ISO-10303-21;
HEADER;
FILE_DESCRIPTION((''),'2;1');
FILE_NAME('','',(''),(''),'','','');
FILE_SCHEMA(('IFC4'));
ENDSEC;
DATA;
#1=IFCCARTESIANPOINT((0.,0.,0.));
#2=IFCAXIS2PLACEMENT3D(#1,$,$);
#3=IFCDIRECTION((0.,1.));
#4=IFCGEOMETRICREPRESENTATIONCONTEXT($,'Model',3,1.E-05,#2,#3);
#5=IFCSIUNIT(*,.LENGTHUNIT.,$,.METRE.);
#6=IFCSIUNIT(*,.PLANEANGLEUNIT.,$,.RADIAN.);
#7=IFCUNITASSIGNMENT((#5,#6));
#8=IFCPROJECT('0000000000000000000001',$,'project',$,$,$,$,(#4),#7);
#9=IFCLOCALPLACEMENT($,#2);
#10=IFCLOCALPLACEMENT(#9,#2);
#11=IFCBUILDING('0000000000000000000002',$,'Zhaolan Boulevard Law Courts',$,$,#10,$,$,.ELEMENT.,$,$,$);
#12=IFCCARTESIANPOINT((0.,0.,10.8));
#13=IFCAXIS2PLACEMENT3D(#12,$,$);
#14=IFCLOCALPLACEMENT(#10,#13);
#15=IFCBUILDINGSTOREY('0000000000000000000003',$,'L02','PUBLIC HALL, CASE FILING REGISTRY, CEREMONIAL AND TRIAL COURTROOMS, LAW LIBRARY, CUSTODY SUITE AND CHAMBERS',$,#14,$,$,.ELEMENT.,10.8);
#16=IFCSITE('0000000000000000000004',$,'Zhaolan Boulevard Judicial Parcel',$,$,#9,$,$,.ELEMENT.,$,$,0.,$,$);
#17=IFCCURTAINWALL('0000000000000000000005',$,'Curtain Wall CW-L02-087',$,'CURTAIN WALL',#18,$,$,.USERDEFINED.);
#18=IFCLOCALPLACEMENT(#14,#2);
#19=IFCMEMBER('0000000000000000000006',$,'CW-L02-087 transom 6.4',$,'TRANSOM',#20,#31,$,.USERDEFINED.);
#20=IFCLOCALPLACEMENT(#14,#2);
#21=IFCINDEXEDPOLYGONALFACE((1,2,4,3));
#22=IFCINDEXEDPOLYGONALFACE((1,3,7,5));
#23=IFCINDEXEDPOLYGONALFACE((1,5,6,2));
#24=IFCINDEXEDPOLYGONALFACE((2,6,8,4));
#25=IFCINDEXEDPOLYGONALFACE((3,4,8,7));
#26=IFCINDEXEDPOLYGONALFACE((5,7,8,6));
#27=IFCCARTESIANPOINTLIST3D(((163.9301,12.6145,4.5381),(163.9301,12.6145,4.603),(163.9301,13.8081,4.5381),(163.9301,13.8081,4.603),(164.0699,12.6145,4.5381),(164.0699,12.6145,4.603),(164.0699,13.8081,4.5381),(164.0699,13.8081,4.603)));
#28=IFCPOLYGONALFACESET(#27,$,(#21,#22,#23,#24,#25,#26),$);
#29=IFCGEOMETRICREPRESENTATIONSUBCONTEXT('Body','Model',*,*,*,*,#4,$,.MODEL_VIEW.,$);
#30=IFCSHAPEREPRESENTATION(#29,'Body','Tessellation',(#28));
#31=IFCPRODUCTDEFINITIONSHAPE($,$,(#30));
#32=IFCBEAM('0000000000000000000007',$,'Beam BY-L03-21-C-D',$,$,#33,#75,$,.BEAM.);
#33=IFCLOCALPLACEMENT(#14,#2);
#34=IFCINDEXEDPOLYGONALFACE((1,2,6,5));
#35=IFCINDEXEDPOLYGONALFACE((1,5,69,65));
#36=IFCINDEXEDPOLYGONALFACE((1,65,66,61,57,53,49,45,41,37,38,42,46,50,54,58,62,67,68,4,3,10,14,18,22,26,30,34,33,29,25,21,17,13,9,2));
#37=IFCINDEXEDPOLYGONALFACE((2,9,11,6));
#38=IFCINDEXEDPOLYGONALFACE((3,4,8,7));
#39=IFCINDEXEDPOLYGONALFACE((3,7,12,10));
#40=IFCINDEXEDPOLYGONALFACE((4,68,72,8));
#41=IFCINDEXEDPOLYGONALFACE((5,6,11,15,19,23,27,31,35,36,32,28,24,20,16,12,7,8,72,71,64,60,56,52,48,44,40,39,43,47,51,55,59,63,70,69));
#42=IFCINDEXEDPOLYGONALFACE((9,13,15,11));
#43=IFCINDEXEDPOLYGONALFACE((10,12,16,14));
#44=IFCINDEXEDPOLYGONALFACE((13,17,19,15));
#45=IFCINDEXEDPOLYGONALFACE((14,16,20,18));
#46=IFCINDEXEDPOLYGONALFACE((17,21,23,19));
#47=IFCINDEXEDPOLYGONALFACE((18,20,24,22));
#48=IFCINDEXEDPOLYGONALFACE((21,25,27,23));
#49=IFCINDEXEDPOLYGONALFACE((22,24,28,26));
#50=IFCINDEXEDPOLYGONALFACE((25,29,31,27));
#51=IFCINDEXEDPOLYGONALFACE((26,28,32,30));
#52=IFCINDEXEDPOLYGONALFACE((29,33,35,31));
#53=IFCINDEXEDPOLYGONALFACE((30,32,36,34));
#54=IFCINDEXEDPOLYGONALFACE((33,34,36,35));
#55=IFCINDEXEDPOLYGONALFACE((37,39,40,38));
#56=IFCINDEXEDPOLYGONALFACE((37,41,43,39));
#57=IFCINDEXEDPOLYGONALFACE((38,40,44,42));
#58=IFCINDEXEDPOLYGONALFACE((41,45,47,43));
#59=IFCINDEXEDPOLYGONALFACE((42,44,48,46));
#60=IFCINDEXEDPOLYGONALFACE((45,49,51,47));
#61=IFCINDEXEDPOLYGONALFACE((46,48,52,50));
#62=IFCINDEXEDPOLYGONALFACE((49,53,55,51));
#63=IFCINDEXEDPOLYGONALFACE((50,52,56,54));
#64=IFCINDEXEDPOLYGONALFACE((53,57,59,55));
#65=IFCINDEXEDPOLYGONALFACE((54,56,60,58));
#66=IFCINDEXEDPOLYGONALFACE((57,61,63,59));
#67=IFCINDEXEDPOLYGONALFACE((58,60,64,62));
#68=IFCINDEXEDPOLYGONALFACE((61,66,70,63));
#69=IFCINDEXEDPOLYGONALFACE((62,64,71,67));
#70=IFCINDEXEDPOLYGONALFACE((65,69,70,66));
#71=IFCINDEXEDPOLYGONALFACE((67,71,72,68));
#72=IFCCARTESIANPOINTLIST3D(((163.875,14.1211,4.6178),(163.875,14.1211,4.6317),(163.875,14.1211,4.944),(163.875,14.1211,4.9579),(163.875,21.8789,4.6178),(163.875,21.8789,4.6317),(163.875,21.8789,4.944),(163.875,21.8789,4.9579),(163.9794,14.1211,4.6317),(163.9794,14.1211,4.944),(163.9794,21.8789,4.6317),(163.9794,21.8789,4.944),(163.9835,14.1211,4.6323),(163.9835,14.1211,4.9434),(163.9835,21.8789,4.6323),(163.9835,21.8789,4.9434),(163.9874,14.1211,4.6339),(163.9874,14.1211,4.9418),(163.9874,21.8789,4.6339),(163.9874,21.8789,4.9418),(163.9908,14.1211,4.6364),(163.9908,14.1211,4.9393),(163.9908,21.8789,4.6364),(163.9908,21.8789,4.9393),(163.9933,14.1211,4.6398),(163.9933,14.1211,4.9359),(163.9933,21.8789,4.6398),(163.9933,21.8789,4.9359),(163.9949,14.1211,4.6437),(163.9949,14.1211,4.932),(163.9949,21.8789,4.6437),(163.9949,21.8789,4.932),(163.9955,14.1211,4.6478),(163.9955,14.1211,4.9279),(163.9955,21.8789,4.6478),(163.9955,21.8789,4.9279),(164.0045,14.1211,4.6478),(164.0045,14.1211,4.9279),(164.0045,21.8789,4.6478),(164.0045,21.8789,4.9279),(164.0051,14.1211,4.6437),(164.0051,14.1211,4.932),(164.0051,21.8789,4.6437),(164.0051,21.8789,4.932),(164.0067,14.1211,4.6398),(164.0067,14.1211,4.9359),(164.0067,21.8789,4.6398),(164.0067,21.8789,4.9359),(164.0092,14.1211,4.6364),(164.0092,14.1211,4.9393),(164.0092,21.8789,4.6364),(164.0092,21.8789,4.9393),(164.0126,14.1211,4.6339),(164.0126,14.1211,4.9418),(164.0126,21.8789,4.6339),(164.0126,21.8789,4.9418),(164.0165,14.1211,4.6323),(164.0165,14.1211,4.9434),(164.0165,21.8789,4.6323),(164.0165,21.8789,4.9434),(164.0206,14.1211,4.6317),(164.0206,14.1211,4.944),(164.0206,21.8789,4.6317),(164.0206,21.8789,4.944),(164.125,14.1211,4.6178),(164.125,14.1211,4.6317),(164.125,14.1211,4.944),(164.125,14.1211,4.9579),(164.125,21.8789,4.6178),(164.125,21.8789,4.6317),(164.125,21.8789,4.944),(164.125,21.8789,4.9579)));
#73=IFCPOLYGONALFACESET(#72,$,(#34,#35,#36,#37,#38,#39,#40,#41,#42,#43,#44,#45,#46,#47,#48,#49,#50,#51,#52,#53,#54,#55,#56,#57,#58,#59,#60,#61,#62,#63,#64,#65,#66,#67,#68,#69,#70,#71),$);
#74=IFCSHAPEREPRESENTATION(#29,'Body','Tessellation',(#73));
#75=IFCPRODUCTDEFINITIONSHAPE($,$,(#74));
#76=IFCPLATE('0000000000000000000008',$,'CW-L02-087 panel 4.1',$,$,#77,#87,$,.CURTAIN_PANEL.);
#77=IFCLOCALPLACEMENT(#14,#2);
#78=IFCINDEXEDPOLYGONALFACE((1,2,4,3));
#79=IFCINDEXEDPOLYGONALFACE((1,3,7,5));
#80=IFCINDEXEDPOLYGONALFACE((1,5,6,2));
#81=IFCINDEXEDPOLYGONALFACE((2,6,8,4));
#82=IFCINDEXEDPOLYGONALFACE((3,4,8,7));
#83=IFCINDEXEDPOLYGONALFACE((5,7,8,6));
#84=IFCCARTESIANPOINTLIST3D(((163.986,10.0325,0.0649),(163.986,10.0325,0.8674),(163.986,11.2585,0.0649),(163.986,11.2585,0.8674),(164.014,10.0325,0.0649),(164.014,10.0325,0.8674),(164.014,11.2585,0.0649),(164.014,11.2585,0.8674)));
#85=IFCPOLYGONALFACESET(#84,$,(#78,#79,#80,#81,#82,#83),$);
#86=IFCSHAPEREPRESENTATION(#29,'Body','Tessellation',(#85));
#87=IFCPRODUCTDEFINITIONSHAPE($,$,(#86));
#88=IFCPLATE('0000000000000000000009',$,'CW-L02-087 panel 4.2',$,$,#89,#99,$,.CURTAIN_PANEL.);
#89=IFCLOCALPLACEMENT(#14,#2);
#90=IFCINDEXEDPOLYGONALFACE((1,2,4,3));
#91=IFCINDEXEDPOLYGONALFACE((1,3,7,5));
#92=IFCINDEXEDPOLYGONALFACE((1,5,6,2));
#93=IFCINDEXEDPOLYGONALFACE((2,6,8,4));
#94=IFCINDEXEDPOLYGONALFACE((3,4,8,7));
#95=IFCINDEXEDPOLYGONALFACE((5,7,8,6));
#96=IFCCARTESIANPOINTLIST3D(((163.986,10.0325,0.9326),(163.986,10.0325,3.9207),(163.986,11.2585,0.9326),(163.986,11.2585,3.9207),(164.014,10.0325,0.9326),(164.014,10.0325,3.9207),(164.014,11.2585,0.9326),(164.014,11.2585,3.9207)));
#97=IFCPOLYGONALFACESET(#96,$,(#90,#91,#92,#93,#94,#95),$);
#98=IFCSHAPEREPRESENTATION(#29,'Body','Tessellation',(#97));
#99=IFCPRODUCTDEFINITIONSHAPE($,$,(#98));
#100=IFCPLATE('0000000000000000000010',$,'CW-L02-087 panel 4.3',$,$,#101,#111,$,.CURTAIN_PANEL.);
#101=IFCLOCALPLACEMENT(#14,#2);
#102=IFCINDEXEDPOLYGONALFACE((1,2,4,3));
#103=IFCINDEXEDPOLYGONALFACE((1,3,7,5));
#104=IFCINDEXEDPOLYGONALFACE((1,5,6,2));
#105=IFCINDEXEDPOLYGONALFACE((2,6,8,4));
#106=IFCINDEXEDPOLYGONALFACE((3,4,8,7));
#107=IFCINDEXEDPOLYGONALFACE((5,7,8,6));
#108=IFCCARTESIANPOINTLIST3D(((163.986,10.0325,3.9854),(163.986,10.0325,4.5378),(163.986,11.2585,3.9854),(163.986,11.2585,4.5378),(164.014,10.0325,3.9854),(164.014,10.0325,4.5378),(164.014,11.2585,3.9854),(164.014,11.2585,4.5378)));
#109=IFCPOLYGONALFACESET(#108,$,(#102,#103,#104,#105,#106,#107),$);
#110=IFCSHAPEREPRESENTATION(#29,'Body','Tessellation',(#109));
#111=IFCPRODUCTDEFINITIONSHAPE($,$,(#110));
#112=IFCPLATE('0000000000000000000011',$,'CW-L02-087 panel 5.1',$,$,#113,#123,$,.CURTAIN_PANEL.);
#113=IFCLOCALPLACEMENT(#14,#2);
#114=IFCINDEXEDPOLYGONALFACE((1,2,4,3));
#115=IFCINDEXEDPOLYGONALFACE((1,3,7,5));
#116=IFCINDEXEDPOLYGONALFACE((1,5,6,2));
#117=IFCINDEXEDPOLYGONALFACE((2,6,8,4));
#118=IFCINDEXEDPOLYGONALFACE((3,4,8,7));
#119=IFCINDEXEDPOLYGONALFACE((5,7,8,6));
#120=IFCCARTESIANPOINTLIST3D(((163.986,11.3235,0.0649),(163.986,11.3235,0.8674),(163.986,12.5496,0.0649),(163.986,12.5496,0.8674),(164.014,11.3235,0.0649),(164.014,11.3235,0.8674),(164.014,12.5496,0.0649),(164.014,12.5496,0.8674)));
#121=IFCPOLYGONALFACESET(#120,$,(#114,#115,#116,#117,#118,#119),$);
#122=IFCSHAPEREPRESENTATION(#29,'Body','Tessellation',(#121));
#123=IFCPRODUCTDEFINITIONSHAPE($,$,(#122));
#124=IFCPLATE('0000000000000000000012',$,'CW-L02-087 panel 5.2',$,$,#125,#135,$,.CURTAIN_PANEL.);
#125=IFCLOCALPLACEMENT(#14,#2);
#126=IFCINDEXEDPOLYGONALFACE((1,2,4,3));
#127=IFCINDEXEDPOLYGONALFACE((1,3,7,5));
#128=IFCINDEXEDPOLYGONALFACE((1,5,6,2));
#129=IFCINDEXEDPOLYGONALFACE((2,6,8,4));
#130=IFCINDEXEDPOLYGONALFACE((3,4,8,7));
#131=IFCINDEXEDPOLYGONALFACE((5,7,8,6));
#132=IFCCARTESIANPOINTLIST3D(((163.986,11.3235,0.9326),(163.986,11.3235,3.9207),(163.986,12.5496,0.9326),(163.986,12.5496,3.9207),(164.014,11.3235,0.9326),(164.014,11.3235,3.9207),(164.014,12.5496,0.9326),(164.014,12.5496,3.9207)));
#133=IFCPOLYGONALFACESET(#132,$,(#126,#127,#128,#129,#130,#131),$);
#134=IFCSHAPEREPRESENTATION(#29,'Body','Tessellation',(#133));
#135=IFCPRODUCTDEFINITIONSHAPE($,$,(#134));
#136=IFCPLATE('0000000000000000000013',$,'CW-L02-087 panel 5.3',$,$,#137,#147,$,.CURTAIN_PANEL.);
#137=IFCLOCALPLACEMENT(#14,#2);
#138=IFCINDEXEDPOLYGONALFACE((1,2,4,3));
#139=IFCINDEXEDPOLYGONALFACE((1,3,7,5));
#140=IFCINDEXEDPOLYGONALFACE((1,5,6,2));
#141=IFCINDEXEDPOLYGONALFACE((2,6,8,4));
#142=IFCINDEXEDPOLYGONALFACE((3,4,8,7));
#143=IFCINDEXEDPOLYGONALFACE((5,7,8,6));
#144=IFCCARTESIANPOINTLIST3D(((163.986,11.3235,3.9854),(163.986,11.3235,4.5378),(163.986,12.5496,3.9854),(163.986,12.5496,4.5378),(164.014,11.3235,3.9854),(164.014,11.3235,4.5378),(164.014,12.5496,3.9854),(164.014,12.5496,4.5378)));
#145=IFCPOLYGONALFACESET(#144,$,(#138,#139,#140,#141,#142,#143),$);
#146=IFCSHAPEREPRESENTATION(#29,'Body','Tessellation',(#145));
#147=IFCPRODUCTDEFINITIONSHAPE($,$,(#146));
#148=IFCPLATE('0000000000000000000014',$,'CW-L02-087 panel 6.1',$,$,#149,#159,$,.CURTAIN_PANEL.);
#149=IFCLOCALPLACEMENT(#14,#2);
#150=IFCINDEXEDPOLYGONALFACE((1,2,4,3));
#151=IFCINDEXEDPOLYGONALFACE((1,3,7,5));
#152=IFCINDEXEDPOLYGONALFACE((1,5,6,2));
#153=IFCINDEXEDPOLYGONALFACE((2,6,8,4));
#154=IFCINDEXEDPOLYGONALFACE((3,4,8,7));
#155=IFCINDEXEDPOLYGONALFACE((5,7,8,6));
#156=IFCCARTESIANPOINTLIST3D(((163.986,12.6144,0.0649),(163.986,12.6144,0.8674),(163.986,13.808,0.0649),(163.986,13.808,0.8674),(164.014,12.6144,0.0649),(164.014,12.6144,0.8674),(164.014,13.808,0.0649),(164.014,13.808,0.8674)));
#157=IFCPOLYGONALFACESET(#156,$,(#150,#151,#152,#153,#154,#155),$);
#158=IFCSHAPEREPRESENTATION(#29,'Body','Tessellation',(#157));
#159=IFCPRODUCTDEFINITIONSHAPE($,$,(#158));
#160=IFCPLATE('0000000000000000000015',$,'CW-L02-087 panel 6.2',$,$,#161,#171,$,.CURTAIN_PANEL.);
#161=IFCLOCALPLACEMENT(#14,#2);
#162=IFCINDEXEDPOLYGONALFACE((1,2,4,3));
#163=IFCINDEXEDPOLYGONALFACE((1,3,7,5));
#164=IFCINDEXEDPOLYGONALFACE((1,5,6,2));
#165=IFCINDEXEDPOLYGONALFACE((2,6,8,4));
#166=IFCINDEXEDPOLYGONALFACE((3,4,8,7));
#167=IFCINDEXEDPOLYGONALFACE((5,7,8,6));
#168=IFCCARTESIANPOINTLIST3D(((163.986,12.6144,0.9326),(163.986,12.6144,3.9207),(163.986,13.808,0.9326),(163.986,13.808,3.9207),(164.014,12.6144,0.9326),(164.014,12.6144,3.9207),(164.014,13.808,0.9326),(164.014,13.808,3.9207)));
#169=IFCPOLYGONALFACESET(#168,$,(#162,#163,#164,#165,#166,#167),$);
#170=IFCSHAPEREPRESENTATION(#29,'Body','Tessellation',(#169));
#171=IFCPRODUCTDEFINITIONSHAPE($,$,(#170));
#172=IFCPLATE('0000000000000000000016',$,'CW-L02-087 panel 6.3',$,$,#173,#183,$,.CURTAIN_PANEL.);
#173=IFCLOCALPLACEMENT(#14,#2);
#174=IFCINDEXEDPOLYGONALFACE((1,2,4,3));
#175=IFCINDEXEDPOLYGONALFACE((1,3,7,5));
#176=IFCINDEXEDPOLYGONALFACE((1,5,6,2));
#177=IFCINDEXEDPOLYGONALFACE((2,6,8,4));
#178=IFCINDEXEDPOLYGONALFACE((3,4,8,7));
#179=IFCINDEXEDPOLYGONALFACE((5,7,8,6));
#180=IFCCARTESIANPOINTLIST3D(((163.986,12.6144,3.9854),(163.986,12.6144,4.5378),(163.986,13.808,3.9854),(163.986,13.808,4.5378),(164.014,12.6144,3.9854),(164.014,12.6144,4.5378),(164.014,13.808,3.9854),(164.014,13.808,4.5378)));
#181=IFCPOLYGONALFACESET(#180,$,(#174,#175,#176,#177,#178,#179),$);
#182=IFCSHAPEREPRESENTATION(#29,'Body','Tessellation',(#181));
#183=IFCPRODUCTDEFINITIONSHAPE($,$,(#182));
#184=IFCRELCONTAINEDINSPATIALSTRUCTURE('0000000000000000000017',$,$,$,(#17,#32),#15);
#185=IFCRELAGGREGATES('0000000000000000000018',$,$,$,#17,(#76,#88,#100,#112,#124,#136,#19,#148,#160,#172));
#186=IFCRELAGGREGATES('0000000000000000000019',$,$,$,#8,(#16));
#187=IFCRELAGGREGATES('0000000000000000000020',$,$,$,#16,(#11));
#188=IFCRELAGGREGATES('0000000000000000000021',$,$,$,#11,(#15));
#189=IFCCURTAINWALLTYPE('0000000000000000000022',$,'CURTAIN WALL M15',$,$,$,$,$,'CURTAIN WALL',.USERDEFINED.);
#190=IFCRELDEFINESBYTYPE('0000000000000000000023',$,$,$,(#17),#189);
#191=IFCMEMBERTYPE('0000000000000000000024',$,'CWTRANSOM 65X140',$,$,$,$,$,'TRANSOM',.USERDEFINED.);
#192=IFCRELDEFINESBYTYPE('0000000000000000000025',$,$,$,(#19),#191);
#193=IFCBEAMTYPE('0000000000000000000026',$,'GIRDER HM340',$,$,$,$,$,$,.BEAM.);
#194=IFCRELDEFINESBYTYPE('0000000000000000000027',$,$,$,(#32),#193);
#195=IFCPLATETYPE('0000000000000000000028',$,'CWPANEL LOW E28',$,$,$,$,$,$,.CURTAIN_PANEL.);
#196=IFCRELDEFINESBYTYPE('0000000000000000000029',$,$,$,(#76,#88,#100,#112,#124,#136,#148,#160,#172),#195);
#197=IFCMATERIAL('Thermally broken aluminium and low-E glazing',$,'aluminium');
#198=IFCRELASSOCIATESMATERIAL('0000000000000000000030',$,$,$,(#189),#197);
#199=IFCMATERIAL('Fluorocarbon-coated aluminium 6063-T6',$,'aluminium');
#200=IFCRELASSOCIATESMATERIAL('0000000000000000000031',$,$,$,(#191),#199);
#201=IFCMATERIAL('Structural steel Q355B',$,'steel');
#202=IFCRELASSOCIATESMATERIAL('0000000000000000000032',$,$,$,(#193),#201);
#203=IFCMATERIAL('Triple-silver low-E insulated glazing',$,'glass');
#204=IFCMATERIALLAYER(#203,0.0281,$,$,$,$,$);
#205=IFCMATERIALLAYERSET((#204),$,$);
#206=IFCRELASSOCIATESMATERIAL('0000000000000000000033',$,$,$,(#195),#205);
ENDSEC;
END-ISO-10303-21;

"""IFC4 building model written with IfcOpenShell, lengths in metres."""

from ifc_helpers import new_model, si_unit, direction, frame, origin, origin_2d, place, context, subcontext, project, spatial, rectangle, i_section, extrude, material, layer, layer_set, material_profile, profile_set, type_object, element, aggregate, save


model = new_model("IFC4")

# Units and contexts
model_context = context("Model", 3, precision=1e-05, world=origin(), true_north=direction((0.0, 1.0)))
body_context = subcontext(model_context, "Body", "Model", "MODEL_VIEW")
ifc_project = project(units=[si_unit("LENGTHUNIT", "METRE"), si_unit("PLANEANGLEUNIT", "RADIAN")], contexts=[model_context])

# Site, building, storey
site_placement = place(None, origin())
site = spatial("IfcSite", under=ifc_project, at=site_placement, Name="Zhaolan Boulevard Judicial Parcel", CompositionType="ELEMENT", RefElevation=0.0)
building_placement = place(site_placement, origin())
building = spatial("IfcBuilding", under=site, at=building_placement, Name="Zhaolan Boulevard Law Courts", CompositionType="ELEMENT")
storey_placement = place(building_placement, frame((0.0, 0.0, 10.8)))
storey = spatial("IfcBuildingStorey", under=building, at=storey_placement, Name="L02", Description="PUBLIC HALL, CASE FILING REGISTRY, CEREMONIAL AND TRIAL COURTROOMS, LAW LIBRARY, CUSTODY SUITE AND CHAMBERS", CompositionType="ELEMENT", Elevation=10.8)

# Curtain wall, member
ifc_material_1 = material(Name="Thermally broken aluminium and low-E glazing", Category="aluminium")
curtain_wall_type = type_object("IfcCurtainWallType", Name="CURTAIN WALL M15", ElementType="CURTAIN WALL", PredefinedType="USERDEFINED", material=ifc_material_1)
curtain_wall_placement = place(storey_placement, origin())
curtain_wall = element("IfcCurtainWall", 1, at=curtain_wall_placement, inside=storey, type_object=curtain_wall_type, Name="Curtain Wall CW-L02-087", ObjectType="CURTAIN WALL", PredefinedType="USERDEFINED")
ifc_material_2 = material(Name="Fluorocarbon-coated aluminium 6063-T6", Category="aluminium")
ifc_material_profile_1 = material_profile(ifc_material_2, rectangle(XDim=0.1399, YDim=0.0649, at=origin_2d()), Name="AL65x140")
ifc_profile_set_1 = profile_set([ifc_material_profile_1], Name="Fluorocarbon-coated aluminium 6063-T6")
member_type_1 = type_object("IfcMemberType", Name="CWTRANSOM 65X140", ElementType="TRANSOM", PredefinedType="USERDEFINED", material=ifc_profile_set_1)
member_1_placement = place(storey_placement, frame((164.0, 12.6145, 4.5706), z_axis=(0.0, 1.0, 0.0), x_axis=(-1.0, 0.0, 0.0)))
member_1 = element("IfcMember", 2, at=member_1_placement, type_object=member_type_1, Name="CW-L02-087 transom 6.4", ObjectType="TRANSOM", PredefinedType="USERDEFINED", context=body_context, shape_type="SweptSolid", body=[
    extrude(rectangle(XDim=0.1399, YDim=0.0649, at=origin_2d()), origin(), (0.0, 0.0, 1.0), 1.1936),
])

# Beam
ifc_material_3 = material(Name="Structural steel Q355B", Category="steel")
ifc_material_profile_2 = material_profile(ifc_material_3, i_section(OverallWidth=0.25, OverallDepth=0.3401, WebThickness=0.009, FlangeThickness=0.0139, FilletRadius=0.0161, at=origin_2d()), Name="HM340x250")
ifc_profile_set_2 = profile_set([ifc_material_profile_2], Name="Structural steel Q355B")
beam_type = type_object("IfcBeamType", Name="GIRDER HM340", PredefinedType="BEAM", material=ifc_profile_set_2)
beam_placement = place(storey_placement, frame((164.0, 14.1211, 4.7878), z_axis=(0.0, 1.0, 0.0), x_axis=(-1.0, 0.0, 0.0)))
element("IfcBeam", 3, at=beam_placement, inside=storey, type_object=beam_type, Name="Beam BY-L03-21-C-D", PredefinedType="BEAM", context=body_context, shape_type="SweptSolid", body=[
    extrude(i_section(OverallWidth=0.25, OverallDepth=0.3401, WebThickness=0.009, FlangeThickness=0.0139, FilletRadius=0.0161, at=origin_2d()), origin(), (0.0, 0.0, 1.0), 7.7578),
])

# Plates
ifc_material_4 = material(Name="Triple-silver low-E insulated glazing", Category="glass")
ifc_layer = layer(ifc_material_4, 0.0281)
ifc_layer_set = layer_set([ifc_layer])
plate_type = type_object("IfcPlateType", Name="CWPANEL LOW E28", PredefinedType="CURTAIN_PANEL", material=ifc_layer_set)
plate_1_placement = place(storey_placement, frame((164.0, 10.6455, 0.0649), z_axis=(0.0, 0.0, 1.0), x_axis=(0.0, 1.0, 0.0)))
plate_1 = element("IfcPlate", 4, at=plate_1_placement, type_object=plate_type, Name="CW-L02-087 panel 4.1", PredefinedType="CURTAIN_PANEL", context=body_context, shape_type="SweptSolid", body=[
    extrude(rectangle(XDim=1.2261, YDim=0.0281, at=origin_2d()), origin(), (0.0, 0.0, 1.0), 0.8025),
])
plate_2_placement = place(storey_placement, frame((164.0, 10.6455, 0.9326), z_axis=(0.0, 0.0, 1.0), x_axis=(0.0, 1.0, 0.0)))
plate_2 = element("IfcPlate", 5, at=plate_2_placement, type_object=plate_type, Name="CW-L02-087 panel 4.2", PredefinedType="CURTAIN_PANEL", context=body_context, shape_type="SweptSolid", body=[
    extrude(rectangle(XDim=1.2261, YDim=0.0281, at=origin_2d()), origin(), (0.0, 0.0, 1.0), 2.988),
])
plate_3_placement = place(storey_placement, frame((164.0, 10.6455, 3.9854), z_axis=(0.0, 0.0, 1.0), x_axis=(0.0, 1.0, 0.0)))
plate_3 = element("IfcPlate", 6, at=plate_3_placement, type_object=plate_type, Name="CW-L02-087 panel 4.3", PredefinedType="CURTAIN_PANEL", context=body_context, shape_type="SweptSolid", body=[
    extrude(rectangle(XDim=1.2261, YDim=0.0281, at=origin_2d()), origin(), (0.0, 0.0, 1.0), 0.5525),
])
plate_4_placement = place(storey_placement, frame((164.0, 11.9365, 0.0649), z_axis=(0.0, 0.0, 1.0), x_axis=(0.0, 1.0, 0.0)))
plate_4 = element("IfcPlate", 7, at=plate_4_placement, type_object=plate_type, Name="CW-L02-087 panel 5.1", PredefinedType="CURTAIN_PANEL", context=body_context, shape_type="SweptSolid", body=[
    extrude(rectangle(XDim=1.2261, YDim=0.0281, at=origin_2d()), origin(), (0.0, 0.0, 1.0), 0.8025),
])
plate_5_placement = place(storey_placement, frame((164.0, 11.9365, 0.9326), z_axis=(0.0, 0.0, 1.0), x_axis=(0.0, 1.0, 0.0)))
plate_5 = element("IfcPlate", 8, at=plate_5_placement, type_object=plate_type, Name="CW-L02-087 panel 5.2", PredefinedType="CURTAIN_PANEL", context=body_context, shape_type="SweptSolid", body=[
    extrude(rectangle(XDim=1.2261, YDim=0.0281, at=origin_2d()), origin(), (0.0, 0.0, 1.0), 2.988),
])
plate_6_placement = place(storey_placement, frame((164.0, 11.9365, 3.9854), z_axis=(0.0, 0.0, 1.0), x_axis=(0.0, 1.0, 0.0)))
plate_6 = element("IfcPlate", 9, at=plate_6_placement, type_object=plate_type, Name="CW-L02-087 panel 5.3", PredefinedType="CURTAIN_PANEL", context=body_context, shape_type="SweptSolid", body=[
    extrude(rectangle(XDim=1.2261, YDim=0.0281, at=origin_2d()), origin(), (0.0, 0.0, 1.0), 0.5525),
])
plate_7_placement = place(storey_placement, frame((164.0, 13.2112, 0.0649), z_axis=(0.0, 0.0, 1.0), x_axis=(0.0, 1.0, 0.0)))
plate_7 = element("IfcPlate", 10, at=plate_7_placement, type_object=plate_type, Name="CW-L02-087 panel 6.1", PredefinedType="CURTAIN_PANEL", context=body_context, shape_type="SweptSolid", body=[
    extrude(rectangle(XDim=1.1936, YDim=0.0281, at=origin_2d()), origin(), (0.0, 0.0, 1.0), 0.8025),
])
plate_8_placement = place(storey_placement, frame((164.0, 13.2112, 0.9326), z_axis=(0.0, 0.0, 1.0), x_axis=(0.0, 1.0, 0.0)))
plate_8 = element("IfcPlate", 11, at=plate_8_placement, type_object=plate_type, Name="CW-L02-087 panel 6.2", PredefinedType="CURTAIN_PANEL", context=body_context, shape_type="SweptSolid", body=[
    extrude(rectangle(XDim=1.1936, YDim=0.0281, at=origin_2d()), origin(), (0.0, 0.0, 1.0), 2.988),
])
plate_9_placement = place(storey_placement, frame((164.0, 13.2112, 3.9854), z_axis=(0.0, 0.0, 1.0), x_axis=(0.0, 1.0, 0.0)))
plate_9 = element("IfcPlate", 12, at=plate_9_placement, type_object=plate_type, Name="CW-L02-087 panel 6.3", PredefinedType="CURTAIN_PANEL", context=body_context, shape_type="SweptSolid", body=[
    extrude(rectangle(XDim=1.1936, YDim=0.0281, at=origin_2d()), origin(), (0.0, 0.0, 1.0), 0.5525),
])
aggregate(curtain_wall, [plate_1, plate_2, plate_3, plate_4, plate_5, plate_6, member_1, plate_7, plate_8, plate_9])

save(model, "model.ifc")
